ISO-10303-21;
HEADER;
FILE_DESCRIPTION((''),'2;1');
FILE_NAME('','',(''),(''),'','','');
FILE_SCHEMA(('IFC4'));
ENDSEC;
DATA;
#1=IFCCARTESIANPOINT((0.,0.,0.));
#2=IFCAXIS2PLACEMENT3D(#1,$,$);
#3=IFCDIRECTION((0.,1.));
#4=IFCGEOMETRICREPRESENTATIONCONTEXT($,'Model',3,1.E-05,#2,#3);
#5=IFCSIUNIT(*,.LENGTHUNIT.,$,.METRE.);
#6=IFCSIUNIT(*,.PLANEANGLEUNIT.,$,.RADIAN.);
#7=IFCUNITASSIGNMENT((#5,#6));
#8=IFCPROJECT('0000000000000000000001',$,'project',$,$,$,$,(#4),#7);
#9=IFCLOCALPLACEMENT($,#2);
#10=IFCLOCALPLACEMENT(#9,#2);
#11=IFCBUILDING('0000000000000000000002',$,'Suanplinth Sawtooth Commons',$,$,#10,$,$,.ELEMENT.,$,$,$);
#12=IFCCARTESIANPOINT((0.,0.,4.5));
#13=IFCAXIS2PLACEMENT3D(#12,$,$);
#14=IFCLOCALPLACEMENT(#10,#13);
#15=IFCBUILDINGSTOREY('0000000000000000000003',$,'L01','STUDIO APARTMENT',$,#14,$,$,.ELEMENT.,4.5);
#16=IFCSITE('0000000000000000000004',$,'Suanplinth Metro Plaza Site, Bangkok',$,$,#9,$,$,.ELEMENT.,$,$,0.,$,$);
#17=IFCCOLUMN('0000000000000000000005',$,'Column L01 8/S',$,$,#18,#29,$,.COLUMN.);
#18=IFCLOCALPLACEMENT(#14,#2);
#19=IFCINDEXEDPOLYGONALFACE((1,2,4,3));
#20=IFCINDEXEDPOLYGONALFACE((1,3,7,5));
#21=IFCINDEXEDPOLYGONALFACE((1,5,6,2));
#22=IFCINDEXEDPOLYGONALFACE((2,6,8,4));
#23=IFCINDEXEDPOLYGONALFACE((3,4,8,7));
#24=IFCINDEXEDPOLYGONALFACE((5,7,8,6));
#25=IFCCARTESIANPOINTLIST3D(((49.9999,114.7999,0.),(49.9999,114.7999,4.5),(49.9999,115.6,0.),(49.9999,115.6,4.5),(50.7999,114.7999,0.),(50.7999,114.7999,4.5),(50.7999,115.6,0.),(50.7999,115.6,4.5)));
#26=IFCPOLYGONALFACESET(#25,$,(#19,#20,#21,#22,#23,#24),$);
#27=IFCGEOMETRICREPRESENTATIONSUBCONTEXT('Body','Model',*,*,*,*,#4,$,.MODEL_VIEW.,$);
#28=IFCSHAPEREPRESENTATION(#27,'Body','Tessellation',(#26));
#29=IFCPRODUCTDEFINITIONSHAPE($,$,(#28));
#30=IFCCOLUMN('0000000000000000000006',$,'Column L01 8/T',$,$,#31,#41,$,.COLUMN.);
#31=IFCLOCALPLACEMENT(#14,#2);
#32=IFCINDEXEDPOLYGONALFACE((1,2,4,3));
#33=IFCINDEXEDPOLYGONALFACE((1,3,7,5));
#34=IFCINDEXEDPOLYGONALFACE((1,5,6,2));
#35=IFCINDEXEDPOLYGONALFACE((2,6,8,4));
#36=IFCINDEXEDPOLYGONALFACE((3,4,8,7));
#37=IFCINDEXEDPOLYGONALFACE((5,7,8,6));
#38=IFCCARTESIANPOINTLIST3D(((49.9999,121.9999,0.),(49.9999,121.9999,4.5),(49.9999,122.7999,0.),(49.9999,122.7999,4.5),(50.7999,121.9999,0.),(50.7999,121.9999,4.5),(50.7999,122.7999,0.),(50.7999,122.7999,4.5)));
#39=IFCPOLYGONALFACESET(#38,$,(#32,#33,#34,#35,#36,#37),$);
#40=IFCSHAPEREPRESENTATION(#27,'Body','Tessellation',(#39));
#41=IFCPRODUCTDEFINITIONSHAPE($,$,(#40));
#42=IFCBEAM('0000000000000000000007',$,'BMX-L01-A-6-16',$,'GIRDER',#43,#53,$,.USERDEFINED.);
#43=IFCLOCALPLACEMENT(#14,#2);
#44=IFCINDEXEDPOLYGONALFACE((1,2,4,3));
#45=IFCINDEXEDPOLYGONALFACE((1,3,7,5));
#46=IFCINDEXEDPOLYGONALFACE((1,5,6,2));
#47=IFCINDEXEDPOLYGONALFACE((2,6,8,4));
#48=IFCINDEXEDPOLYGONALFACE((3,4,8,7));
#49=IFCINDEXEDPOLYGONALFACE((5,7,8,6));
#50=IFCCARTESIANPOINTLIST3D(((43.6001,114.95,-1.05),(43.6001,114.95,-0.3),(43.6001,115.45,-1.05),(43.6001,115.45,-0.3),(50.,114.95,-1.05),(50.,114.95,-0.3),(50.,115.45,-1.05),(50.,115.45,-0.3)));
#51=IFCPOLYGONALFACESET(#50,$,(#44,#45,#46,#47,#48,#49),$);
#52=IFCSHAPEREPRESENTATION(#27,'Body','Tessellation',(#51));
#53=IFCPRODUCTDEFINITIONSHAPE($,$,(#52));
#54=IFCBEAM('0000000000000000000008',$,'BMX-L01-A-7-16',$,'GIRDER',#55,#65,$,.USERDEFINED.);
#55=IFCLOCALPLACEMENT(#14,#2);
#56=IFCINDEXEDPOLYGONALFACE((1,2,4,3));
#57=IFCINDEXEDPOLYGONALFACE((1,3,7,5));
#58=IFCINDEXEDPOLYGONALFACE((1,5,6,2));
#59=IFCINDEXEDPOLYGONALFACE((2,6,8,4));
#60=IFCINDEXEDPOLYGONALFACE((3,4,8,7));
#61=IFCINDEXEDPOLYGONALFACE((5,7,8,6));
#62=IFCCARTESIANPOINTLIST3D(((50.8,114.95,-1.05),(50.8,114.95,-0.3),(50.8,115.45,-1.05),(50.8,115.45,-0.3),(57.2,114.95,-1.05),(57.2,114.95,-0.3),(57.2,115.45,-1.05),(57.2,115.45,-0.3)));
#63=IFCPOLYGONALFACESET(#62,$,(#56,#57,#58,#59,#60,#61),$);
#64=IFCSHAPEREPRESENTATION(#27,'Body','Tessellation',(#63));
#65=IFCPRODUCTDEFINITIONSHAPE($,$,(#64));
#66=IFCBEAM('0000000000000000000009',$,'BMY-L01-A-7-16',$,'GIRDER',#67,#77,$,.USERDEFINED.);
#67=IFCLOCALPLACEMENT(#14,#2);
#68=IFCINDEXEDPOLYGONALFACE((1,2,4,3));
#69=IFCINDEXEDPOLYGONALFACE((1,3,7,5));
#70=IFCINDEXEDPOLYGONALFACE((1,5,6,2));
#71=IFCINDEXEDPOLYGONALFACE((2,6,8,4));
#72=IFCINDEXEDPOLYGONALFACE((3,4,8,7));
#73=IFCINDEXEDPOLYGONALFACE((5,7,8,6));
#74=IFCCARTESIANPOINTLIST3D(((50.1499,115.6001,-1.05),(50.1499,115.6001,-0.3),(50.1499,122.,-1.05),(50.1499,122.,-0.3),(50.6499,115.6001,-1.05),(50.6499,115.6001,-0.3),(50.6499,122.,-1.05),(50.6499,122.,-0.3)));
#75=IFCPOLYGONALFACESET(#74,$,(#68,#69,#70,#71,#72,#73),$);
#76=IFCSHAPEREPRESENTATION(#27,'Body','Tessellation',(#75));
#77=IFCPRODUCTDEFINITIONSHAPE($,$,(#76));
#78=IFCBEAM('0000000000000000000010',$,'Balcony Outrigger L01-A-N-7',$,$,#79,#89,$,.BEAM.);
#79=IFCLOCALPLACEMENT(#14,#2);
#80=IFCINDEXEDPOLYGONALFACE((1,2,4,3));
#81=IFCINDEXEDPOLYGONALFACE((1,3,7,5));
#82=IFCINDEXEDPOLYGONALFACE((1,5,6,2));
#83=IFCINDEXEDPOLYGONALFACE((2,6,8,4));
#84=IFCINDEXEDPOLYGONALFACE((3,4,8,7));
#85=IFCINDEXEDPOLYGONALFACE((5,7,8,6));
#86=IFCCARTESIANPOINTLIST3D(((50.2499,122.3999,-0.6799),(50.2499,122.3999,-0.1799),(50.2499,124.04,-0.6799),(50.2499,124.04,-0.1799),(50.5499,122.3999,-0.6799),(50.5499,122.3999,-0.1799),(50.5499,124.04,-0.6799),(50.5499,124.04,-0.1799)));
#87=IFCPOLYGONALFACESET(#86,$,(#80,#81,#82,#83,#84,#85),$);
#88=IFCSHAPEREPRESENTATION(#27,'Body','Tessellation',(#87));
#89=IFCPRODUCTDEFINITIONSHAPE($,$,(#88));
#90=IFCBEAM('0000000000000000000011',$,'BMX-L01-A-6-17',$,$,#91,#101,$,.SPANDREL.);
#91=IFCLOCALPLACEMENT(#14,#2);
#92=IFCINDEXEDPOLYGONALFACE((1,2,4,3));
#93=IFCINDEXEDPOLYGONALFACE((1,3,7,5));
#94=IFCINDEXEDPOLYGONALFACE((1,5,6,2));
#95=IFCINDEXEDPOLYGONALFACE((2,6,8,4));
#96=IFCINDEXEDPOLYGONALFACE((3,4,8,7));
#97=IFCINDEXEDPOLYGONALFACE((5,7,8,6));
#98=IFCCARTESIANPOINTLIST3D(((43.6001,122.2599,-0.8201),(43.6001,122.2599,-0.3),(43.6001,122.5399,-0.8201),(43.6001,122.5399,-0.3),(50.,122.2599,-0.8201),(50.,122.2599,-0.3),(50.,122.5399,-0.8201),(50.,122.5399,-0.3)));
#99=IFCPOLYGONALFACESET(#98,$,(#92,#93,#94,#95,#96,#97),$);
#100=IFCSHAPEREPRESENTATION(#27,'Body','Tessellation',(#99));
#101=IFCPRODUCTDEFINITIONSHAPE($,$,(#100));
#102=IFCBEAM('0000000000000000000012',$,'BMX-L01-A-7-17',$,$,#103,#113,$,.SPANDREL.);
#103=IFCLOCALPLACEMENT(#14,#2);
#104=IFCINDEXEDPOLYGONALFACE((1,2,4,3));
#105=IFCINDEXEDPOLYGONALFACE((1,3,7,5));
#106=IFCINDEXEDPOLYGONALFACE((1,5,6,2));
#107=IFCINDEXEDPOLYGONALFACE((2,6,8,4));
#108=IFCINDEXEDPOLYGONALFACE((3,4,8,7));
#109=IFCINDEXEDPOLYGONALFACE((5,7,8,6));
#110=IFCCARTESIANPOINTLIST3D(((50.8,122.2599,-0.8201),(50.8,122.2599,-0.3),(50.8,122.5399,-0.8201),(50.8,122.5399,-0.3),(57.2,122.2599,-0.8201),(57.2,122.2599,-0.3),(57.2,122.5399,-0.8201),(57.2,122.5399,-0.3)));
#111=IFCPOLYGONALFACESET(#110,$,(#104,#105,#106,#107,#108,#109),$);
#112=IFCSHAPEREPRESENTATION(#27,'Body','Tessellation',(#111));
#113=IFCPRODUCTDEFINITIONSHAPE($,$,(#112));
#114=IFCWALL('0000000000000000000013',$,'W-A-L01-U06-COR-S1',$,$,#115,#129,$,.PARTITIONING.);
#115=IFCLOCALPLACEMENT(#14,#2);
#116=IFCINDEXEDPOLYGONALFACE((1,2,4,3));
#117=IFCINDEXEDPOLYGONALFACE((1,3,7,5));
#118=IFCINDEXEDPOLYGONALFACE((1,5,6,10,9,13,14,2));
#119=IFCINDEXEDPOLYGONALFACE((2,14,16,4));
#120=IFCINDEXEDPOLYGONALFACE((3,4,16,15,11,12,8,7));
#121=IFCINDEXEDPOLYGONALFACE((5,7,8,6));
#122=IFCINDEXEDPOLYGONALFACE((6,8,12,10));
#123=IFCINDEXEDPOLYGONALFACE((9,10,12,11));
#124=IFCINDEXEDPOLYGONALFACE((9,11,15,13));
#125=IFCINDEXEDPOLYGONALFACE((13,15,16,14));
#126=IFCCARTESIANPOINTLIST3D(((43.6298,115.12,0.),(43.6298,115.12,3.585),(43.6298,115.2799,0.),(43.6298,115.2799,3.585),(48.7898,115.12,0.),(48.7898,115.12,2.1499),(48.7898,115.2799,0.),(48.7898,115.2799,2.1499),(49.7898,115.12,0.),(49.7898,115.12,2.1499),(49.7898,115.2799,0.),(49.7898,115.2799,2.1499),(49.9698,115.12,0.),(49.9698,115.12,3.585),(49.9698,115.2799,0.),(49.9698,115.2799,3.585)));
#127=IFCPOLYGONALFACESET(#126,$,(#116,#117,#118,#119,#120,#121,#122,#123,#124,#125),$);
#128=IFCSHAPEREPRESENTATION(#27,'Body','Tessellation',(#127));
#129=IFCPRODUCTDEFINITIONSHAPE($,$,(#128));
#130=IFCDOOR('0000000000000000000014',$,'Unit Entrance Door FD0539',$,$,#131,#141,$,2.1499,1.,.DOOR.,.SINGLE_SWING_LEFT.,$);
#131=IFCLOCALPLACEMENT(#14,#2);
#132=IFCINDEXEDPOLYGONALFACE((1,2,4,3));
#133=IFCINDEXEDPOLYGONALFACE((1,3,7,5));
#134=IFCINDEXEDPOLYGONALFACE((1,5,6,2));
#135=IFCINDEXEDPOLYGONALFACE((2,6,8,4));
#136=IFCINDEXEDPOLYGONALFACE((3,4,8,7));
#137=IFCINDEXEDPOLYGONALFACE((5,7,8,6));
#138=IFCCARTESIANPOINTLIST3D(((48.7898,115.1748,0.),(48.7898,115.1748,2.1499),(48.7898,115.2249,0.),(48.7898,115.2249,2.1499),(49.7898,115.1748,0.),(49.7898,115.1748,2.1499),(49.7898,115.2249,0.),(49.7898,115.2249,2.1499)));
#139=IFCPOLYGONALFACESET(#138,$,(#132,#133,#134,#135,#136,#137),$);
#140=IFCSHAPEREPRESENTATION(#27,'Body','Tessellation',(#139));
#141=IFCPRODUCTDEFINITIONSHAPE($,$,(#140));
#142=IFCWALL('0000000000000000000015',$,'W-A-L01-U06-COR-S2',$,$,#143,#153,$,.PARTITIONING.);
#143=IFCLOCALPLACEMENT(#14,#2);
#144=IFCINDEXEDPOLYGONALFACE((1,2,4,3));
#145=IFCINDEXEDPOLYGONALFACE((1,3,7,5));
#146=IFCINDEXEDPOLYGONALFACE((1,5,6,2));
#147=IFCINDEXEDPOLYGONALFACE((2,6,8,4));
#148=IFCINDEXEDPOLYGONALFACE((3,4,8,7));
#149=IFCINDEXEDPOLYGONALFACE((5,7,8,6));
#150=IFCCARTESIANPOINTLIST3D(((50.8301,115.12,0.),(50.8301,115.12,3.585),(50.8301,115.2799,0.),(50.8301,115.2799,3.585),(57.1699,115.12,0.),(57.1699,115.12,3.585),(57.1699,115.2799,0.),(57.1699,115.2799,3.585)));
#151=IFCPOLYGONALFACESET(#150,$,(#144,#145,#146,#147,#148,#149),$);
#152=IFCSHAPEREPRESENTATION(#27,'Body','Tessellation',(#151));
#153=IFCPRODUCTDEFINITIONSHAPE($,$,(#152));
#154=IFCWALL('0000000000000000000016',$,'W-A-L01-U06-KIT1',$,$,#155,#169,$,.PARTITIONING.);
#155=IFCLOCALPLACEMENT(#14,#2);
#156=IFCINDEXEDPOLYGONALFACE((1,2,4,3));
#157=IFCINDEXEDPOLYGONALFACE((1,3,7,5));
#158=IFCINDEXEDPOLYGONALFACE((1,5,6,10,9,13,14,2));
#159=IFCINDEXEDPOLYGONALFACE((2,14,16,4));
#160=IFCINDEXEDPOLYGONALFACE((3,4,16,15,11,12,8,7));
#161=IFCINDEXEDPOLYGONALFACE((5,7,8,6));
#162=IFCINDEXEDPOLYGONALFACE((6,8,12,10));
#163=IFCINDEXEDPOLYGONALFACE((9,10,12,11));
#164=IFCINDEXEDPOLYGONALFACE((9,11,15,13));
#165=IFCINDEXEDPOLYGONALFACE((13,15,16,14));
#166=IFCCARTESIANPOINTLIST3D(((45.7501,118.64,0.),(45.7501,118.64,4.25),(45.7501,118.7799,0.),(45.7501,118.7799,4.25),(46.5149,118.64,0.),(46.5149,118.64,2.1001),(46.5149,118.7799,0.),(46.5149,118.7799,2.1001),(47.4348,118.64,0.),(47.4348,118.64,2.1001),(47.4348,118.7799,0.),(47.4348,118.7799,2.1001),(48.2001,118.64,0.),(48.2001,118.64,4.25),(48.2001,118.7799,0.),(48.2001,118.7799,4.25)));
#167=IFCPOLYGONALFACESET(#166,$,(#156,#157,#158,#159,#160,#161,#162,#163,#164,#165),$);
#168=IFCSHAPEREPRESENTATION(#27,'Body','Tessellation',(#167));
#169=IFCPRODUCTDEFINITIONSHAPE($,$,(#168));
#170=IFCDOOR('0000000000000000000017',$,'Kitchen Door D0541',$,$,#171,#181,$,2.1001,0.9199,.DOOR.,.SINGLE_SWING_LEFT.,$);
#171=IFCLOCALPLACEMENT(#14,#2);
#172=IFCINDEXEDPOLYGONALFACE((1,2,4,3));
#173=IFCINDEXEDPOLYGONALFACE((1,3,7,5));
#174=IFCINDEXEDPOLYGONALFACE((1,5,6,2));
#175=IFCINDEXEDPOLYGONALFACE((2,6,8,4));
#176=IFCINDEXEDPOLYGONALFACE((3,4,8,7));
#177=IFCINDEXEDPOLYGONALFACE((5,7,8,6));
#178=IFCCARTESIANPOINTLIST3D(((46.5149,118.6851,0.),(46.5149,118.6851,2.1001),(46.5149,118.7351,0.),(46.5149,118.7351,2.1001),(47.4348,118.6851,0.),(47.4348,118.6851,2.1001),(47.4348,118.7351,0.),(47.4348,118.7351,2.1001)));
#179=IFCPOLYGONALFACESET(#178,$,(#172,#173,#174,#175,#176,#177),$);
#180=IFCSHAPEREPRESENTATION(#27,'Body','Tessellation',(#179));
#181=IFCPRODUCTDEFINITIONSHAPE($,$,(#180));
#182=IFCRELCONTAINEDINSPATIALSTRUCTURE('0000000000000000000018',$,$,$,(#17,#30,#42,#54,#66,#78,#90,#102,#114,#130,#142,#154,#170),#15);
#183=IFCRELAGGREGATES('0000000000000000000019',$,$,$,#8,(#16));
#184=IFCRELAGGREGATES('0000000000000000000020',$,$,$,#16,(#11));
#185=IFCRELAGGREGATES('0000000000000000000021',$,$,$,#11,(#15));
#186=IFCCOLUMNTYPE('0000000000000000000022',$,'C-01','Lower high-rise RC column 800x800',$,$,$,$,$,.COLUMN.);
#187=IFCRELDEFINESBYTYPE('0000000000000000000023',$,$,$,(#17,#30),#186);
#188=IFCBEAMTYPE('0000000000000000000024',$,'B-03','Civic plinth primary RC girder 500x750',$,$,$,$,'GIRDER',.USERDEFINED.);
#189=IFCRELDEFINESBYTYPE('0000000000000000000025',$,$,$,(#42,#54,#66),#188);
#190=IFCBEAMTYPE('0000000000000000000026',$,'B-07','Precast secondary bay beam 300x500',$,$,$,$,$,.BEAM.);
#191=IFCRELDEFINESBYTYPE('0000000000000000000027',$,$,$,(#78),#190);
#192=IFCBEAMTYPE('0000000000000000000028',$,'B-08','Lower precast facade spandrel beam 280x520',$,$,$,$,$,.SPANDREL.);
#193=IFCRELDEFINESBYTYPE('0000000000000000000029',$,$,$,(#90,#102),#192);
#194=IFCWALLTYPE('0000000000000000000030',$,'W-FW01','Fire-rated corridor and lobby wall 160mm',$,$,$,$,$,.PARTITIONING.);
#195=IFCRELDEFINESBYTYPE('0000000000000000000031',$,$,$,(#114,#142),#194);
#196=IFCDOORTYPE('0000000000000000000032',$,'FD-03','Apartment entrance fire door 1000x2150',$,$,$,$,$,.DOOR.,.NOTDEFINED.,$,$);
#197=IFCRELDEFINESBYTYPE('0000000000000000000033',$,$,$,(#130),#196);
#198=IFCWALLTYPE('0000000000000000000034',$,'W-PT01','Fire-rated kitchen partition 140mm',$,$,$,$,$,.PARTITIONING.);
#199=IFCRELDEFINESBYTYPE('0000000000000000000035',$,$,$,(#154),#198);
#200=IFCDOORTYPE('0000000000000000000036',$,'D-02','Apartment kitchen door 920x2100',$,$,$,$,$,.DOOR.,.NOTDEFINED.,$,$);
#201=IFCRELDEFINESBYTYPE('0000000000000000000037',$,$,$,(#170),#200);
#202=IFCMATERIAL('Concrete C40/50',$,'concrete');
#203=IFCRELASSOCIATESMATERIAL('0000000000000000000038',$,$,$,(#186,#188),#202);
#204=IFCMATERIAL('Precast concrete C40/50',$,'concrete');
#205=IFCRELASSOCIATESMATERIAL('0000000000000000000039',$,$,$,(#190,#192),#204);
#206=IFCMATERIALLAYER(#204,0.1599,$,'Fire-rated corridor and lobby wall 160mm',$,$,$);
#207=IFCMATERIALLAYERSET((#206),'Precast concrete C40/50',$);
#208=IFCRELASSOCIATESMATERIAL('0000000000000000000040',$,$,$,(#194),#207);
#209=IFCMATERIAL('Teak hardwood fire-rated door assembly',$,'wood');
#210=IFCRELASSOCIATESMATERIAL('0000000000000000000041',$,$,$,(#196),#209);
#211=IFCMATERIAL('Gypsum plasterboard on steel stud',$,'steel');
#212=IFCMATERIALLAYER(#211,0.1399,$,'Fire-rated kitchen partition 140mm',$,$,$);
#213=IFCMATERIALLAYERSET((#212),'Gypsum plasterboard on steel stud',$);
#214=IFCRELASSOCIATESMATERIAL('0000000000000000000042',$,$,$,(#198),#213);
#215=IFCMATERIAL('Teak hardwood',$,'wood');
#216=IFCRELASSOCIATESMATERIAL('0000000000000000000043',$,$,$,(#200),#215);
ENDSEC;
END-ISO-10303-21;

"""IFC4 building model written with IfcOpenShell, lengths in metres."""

from ifc_helpers import new_model, si_unit, direction, frame, frame_2d, origin, origin_2d, place, context, subcontext, project, spatial, rectangle, extrude, material, layer, layer_set, material_profile, profile_set, type_object, element, fill, save


model = new_model("IFC4")

# Units and contexts
model_context = context("Model", 3, precision=1e-05, world=origin(), true_north=direction((0.0, 1.0)))
body_context = subcontext(model_context, "Body", "Model", "MODEL_VIEW")
ifc_project = project(units=[si_unit("LENGTHUNIT", "METRE"), si_unit("PLANEANGLEUNIT", "RADIAN")], contexts=[model_context])

# Site, building, storey
site_placement = place(None, origin())
site = spatial("IfcSite", under=ifc_project, at=site_placement, Name="Suanplinth Metro Plaza Site, Bangkok", CompositionType="ELEMENT", RefElevation=0.0)
building_placement = place(site_placement, origin())
building = spatial("IfcBuilding", under=site, at=building_placement, Name="Suanplinth Sawtooth Commons", CompositionType="ELEMENT")
storey_placement = place(building_placement, frame((0.0, 0.0, 4.5)))
storey = spatial("IfcBuildingStorey", under=building, at=storey_placement, Name="L01", Description="STUDIO APARTMENT", CompositionType="ELEMENT", Elevation=4.5)

# Columns
ifc_material_1 = material(Name="Concrete C40/50", Category="concrete")
ifc_material_profile_1 = material_profile(ifc_material_1, rectangle(XDim=0.8, YDim=0.8, at=origin_2d()), Name="RC-COL 800x800")
ifc_profile_set_1 = profile_set([ifc_material_profile_1], Name="Concrete C40/50")
column_type = type_object("IfcColumnType", Name="C-01", Description="Lower high-rise RC column 800x800", PredefinedType="COLUMN", material=ifc_profile_set_1)
for number, where, z_axis, x_axis, name in (
    (1, (50.3999, 115.2, 0.0), (0.0, 0.0, 1.0), (1.0, 0.0, 0.0), "Column L01 8/S"),
    (2, (50.3999, 122.3999, 0.0), (0.0, 0.0, 1.0), (1.0, 0.0, 0.0), "Column L01 8/T"),
):
    element("IfcColumn", number, at=place(storey_placement, frame(where, z_axis=z_axis, x_axis=x_axis)), inside=storey, type_object=column_type, Name=name, PredefinedType="COLUMN", context=body_context, shape_type="SweptSolid", body=[
        extrude(rectangle(XDim=0.8, YDim=0.8, at=origin_2d()), origin(), (0.0, 0.0, 1.0), 4.5),
    ])

# Beams
ifc_material_profile_2 = material_profile(ifc_material_1, rectangle(XDim=0.5, YDim=0.75, at=origin_2d()), Name="RC-GDR 500x750")
ifc_profile_set_2 = profile_set([ifc_material_profile_2], Name="Concrete C40/50")
beam_type_1 = type_object("IfcBeamType", Name="B-03", Description="Civic plinth primary RC girder 500x750", ElementType="GIRDER", PredefinedType="USERDEFINED", material=ifc_profile_set_2)
for number, where, z_axis, x_axis, name in (
    (3, (43.6001, 115.2, -0.675), (1.0, 0.0, 0.0), (0.0, 1.0, 0.0), "BMX-L01-A-6-16"),
    (4, (50.8, 115.2, -0.675), (1.0, 0.0, 0.0), (0.0, 1.0, 0.0), "BMX-L01-A-7-16"),
    (5, (50.3999, 115.6001, -0.675), (0.0, 1.0, 0.0), (-1.0, 0.0, 0.0), "BMY-L01-A-7-16"),
):
    element("IfcBeam", number, at=place(storey_placement, frame(where, z_axis=z_axis, x_axis=x_axis)), inside=storey, type_object=beam_type_1, Name=name, ObjectType="GIRDER", PredefinedType="USERDEFINED", context=body_context, shape_type="SweptSolid", body=[
        extrude(rectangle(XDim=0.5, YDim=0.75, at=origin_2d()), origin(), (0.0, 0.0, 1.0), 6.3999),
    ])
ifc_material_2 = material(Name="Precast concrete C40/50", Category="concrete")
ifc_material_profile_3 = material_profile(ifc_material_2, rectangle(XDim=0.3, YDim=0.5, at=origin_2d()), Name="PC-BM 300x500")
ifc_profile_set_3 = profile_set([ifc_material_profile_3], Name="Precast concrete C40/50")
beam_type_2 = type_object("IfcBeamType", Name="B-07", Description="Precast secondary bay beam 300x500", PredefinedType="BEAM", material=ifc_profile_set_3)
beam_placement = place(storey_placement, frame((50.3999, 122.3999, -0.4299), z_axis=(0.0, 1.0, 0.0), x_axis=(-1.0, 0.0, 0.0)))
element("IfcBeam", 6, at=beam_placement, inside=storey, type_object=beam_type_2, Name="Balcony Outrigger L01-A-N-7", PredefinedType="BEAM", context=body_context, shape_type="SweptSolid", body=[
    extrude(rectangle(XDim=0.3, YDim=0.5, at=origin_2d()), origin(), (0.0, 0.0, 1.0), 1.6401),
])
ifc_material_profile_4 = material_profile(ifc_material_2, rectangle(XDim=0.28, YDim=0.52, at=origin_2d()), Name="PC-SP 280x520")
ifc_profile_set_4 = profile_set([ifc_material_profile_4], Name="Precast concrete C40/50")
beam_type_3 = type_object("IfcBeamType", Name="B-08", Description="Lower precast facade spandrel beam 280x520", PredefinedType="SPANDREL", material=ifc_profile_set_4)
for number, where, z_axis, x_axis, name in (
    (7, (43.6001, 122.3999, -0.5601), (1.0, 0.0, 0.0), (0.0, 1.0, 0.0), "BMX-L01-A-6-17"),
    (8, (50.8, 122.3999, -0.5601), (1.0, 0.0, 0.0), (0.0, 1.0, 0.0), "BMX-L01-A-7-17"),
):
    element("IfcBeam", number, at=place(storey_placement, frame(where, z_axis=z_axis, x_axis=x_axis)), inside=storey, type_object=beam_type_3, Name=name, PredefinedType="SPANDREL", context=body_context, shape_type="SweptSolid", body=[
        extrude(rectangle(XDim=0.28, YDim=0.52, at=origin_2d()), origin(), (0.0, 0.0, 1.0), 6.3999),
    ])

# Wall, opening, door
ifc_layer_1 = layer(ifc_material_2, 0.1599, Name="Fire-rated corridor and lobby wall 160mm")
ifc_layer_set_1 = layer_set([ifc_layer_1], Name="Precast concrete C40/50")
wall_type_1 = type_object("IfcWallType", Name="W-FW01", Description="Fire-rated corridor and lobby wall 160mm", PredefinedType="PARTITIONING", material=ifc_layer_set_1)
wall_1_placement = place(storey_placement, frame((43.6299, 115.2, 0.0), z_axis=(0.0, 0.0, 1.0), x_axis=(1.0, 0.0, 0.0)))
wall_1 = element("IfcWall", 9, at=wall_1_placement, inside=storey, type_object=wall_type_1, Name="W-A-L01-U06-COR-S1", PredefinedType="PARTITIONING", context=body_context, shape_type="SweptSolid", body=[
    extrude(rectangle(XDim=6.3401, YDim=0.1599, at=frame_2d((3.1699, 0.0))), origin(), (0.0, 0.0, 1.0), 3.585),
])
opening_1_placement = place(wall_1_placement, frame((5.1599, 0.0, 0.0)))
opening_1 = element("IfcOpeningElement", 10, at=opening_1_placement, cuts=wall_1, PredefinedType="OPENING", context=body_context, shape_type="SweptSolid", body=[
    extrude(rectangle(XDim=1.0, YDim=2.1499, at=frame_2d((0.5, 1.075))), frame((0.0, 0.0947, 0.0), z_axis=(0.0, -1.0, 0.0), x_axis=(1.0, 0.0, 0.0)), (0.0, 0.0, 1.0), 0.1897),
])
ifc_material_3 = material(Name="Teak hardwood fire-rated door assembly", Category="wood")
door_type_1 = type_object("IfcDoorType", Name="FD-03", Description="Apartment entrance fire door 1000x2150", OperationType="NOTDEFINED", PredefinedType="DOOR", material=ifc_material_3)
door_1_placement = place(opening_1_placement, origin())
door_1 = element("IfcDoor", 11, at=door_1_placement, inside=storey, type_object=door_type_1, Name="Unit Entrance Door FD0539", OperationType="SINGLE_SWING_LEFT", OverallHeight=2.1499, OverallWidth=1.0, PredefinedType="DOOR", context=body_context, shape_type="SweptSolid", body=[
    extrude(rectangle(XDim=1.0, YDim=2.1499, at=frame_2d((0.5, 1.075))), frame((0.0, 0.0249, 0.0), z_axis=(0.0, -1.0, 0.0), x_axis=(1.0, 0.0, 0.0)), (0.0, 0.0, 1.0), 0.05),
])
fill(opening_1, door_1)

# Wall
wall_2_placement = place(storey_placement, frame((50.8301, 115.2, 0.0), z_axis=(0.0, 0.0, 1.0), x_axis=(1.0, 0.0, 0.0)))
element("IfcWall", 12, at=wall_2_placement, inside=storey, type_object=wall_type_1, Name="W-A-L01-U06-COR-S2", PredefinedType="PARTITIONING", context=body_context, shape_type="SweptSolid", body=[
    extrude(rectangle(XDim=6.3398, YDim=0.1599, at=frame_2d((3.1699, 0.0))), origin(), (0.0, 0.0, 1.0), 3.585),
])

# Wall, opening, door
ifc_material_4 = material(Name="Gypsum plasterboard on steel stud", Category="steel")
ifc_layer_2 = layer(ifc_material_4, 0.1399, Name="Fire-rated kitchen partition 140mm")
ifc_layer_set_2 = layer_set([ifc_layer_2], Name="Gypsum plasterboard on steel stud")
wall_type_2 = type_object("IfcWallType", Name="W-PT01", Description="Fire-rated kitchen partition 140mm", PredefinedType="PARTITIONING", material=ifc_layer_set_2)
wall_3_placement = place(storey_placement, frame((45.75, 118.71, 0.0), z_axis=(0.0, 0.0, 1.0), x_axis=(1.0, 0.0, 0.0)))
wall_3 = element("IfcWall", 13, at=wall_3_placement, inside=storey, type_object=wall_type_2, Name="W-A-L01-U06-KIT1", PredefinedType="PARTITIONING", context=body_context, shape_type="SweptSolid", body=[
    extrude(rectangle(XDim=2.45, YDim=0.1399, at=frame_2d((1.2251, 0.0))), origin(), (0.0, 0.0, 1.0), 4.25),
])
opening_2_placement = place(wall_3_placement, frame((0.7649, 0.0, 0.0)))
opening_2 = element("IfcOpeningElement", 14, at=opening_2_placement, cuts=wall_3, PredefinedType="OPENING", context=body_context, shape_type="SweptSolid", body=[
    extrude(rectangle(XDim=0.9199, YDim=2.1001, at=frame_2d((0.46, 1.05))), frame((0.0, 0.085, 0.0), z_axis=(0.0, -1.0, 0.0), x_axis=(1.0, 0.0, 0.0)), (0.0, 0.0, 1.0), 0.1697),
])
ifc_material_5 = material(Name="Teak hardwood", Category="wood")
door_type_2 = type_object("IfcDoorType", Name="D-02", Description="Apartment kitchen door 920x2100", OperationType="NOTDEFINED", PredefinedType="DOOR", material=ifc_material_5)
door_2_placement = place(opening_2_placement, frame((0.9199, 0.0, 0.0), z_axis=(0.0, 0.0, 1.0), x_axis=(-1.0, 0.0, 0.0)))
door_2 = element("IfcDoor", 15, at=door_2_placement, inside=storey, type_object=door_type_2, Name="Kitchen Door D0541", OperationType="SINGLE_SWING_LEFT", OverallHeight=2.1001, OverallWidth=0.9199, PredefinedType="DOOR", context=body_context, shape_type="SweptSolid", body=[
    extrude(rectangle(XDim=0.9199, YDim=2.1001, at=frame_2d((0.46, 1.05))), frame((0.0, 0.0249, 0.0), z_axis=(0.0, -1.0, 0.0), x_axis=(1.0, 0.0, 0.0)), (0.0, 0.0, 1.0), 0.05),
])
fill(opening_2, door_2)

save(model, "model.ifc")
